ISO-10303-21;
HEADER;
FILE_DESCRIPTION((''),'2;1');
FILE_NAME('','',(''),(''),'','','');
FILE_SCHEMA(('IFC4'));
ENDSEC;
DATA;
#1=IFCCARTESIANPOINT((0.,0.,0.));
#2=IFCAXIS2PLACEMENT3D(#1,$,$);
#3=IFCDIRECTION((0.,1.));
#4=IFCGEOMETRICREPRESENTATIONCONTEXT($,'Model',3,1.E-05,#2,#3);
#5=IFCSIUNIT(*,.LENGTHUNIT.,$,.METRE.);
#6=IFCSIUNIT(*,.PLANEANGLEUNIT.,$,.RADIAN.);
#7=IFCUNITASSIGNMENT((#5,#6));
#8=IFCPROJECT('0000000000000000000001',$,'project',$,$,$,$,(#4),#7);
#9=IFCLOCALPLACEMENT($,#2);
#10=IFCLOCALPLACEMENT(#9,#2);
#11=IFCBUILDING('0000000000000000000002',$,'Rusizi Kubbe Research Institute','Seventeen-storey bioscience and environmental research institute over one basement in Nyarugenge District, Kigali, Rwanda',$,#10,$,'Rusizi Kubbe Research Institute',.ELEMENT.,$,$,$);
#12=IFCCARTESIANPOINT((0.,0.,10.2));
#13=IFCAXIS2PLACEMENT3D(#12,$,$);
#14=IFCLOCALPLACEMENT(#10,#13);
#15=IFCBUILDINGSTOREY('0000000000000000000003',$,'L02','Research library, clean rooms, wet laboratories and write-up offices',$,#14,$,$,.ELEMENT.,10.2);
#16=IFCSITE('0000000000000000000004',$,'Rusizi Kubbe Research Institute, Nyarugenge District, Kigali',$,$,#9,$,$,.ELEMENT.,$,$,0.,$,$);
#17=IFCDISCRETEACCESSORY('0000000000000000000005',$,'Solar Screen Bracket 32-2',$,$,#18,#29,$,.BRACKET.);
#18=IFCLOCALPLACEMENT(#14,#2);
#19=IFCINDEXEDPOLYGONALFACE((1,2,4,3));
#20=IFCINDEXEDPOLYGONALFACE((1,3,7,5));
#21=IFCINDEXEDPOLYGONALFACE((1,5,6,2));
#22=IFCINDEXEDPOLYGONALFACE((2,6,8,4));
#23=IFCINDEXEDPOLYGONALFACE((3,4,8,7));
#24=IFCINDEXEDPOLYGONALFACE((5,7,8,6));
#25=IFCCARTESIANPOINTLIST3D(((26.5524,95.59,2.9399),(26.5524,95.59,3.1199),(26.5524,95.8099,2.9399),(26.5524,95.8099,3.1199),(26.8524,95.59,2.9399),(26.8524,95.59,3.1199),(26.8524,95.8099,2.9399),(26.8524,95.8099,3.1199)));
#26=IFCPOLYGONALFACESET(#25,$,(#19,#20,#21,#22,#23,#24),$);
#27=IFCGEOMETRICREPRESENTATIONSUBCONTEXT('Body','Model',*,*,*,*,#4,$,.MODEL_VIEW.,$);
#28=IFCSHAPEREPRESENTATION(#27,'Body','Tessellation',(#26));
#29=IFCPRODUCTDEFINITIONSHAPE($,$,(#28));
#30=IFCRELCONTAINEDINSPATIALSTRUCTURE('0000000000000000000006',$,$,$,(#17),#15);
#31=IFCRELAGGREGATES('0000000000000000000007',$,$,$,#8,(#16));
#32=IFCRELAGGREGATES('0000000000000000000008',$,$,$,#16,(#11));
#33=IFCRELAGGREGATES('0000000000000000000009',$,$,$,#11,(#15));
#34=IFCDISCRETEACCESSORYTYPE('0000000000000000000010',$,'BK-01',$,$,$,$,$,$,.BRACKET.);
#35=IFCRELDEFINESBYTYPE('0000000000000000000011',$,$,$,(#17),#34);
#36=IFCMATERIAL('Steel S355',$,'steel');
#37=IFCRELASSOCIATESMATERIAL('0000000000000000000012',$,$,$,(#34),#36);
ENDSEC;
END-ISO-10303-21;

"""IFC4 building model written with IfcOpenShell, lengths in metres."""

from ifc_helpers import new_model, si_unit, direction, frame, origin, origin_2d, place, context, subcontext, project, spatial, rectangle, extrude, material, type_object, element, save


model = new_model("IFC4")

# Units and contexts
model_context = context("Model", 3, precision=1e-05, world=origin(), true_north=direction((0.0, 1.0)))
body_context = subcontext(model_context, "Body", "Model", "MODEL_VIEW")
ifc_project = project(units=[si_unit("LENGTHUNIT", "METRE"), si_unit("PLANEANGLEUNIT", "RADIAN")], contexts=[model_context])

# Site, building, storey
site_placement = place(None, origin())
site = spatial("IfcSite", under=ifc_project, at=site_placement, Name="Rusizi Kubbe Research Institute, Nyarugenge District, Kigali", CompositionType="ELEMENT", RefElevation=0.0)
building_placement = place(site_placement, origin())
building = spatial("IfcBuilding", under=site, at=building_placement, Name="Rusizi Kubbe Research Institute", Description="Seventeen-storey bioscience and environmental research institute over one basement in Nyarugenge District, Kigali, Rwanda", LongName="Rusizi Kubbe Research Institute", CompositionType="ELEMENT")
storey_placement = place(building_placement, frame((0.0, 0.0, 10.2)))
storey = spatial("IfcBuildingStorey", under=building, at=storey_placement, Name="L02", Description="Research library, clean rooms, wet laboratories and write-up offices", CompositionType="ELEMENT", Elevation=10.2)

# Discrete accessory
ifc_material_1 = material(Name="Steel S355", Category="steel")
discrete_accessory_type = type_object("IfcDiscreteAccessoryType", Name="BK-01", PredefinedType="BRACKET", material=ifc_material_1)
for number, where, z_axis, x_axis, name in (
    (1, (26.7024, 95.7, 2.9399), (0.0, 0.0, 1.0), (1.0, 0.0, 0.0), "Solar Screen Bracket 32-2"),
):
    element("IfcDiscreteAccessory", number, at=place(storey_placement, frame(where, z_axis=z_axis, x_axis=x_axis)), inside=storey, type_object=discrete_accessory_type, Name=name, PredefinedType="BRACKET", context=body_context, shape_type="SweptSolid", body=[
        extrude(rectangle(XDim=0.3, YDim=0.22, at=origin_2d()), origin(), (0.0, 0.0, 1.0), 0.1799),
    ])

save(model, "model.ifc")
